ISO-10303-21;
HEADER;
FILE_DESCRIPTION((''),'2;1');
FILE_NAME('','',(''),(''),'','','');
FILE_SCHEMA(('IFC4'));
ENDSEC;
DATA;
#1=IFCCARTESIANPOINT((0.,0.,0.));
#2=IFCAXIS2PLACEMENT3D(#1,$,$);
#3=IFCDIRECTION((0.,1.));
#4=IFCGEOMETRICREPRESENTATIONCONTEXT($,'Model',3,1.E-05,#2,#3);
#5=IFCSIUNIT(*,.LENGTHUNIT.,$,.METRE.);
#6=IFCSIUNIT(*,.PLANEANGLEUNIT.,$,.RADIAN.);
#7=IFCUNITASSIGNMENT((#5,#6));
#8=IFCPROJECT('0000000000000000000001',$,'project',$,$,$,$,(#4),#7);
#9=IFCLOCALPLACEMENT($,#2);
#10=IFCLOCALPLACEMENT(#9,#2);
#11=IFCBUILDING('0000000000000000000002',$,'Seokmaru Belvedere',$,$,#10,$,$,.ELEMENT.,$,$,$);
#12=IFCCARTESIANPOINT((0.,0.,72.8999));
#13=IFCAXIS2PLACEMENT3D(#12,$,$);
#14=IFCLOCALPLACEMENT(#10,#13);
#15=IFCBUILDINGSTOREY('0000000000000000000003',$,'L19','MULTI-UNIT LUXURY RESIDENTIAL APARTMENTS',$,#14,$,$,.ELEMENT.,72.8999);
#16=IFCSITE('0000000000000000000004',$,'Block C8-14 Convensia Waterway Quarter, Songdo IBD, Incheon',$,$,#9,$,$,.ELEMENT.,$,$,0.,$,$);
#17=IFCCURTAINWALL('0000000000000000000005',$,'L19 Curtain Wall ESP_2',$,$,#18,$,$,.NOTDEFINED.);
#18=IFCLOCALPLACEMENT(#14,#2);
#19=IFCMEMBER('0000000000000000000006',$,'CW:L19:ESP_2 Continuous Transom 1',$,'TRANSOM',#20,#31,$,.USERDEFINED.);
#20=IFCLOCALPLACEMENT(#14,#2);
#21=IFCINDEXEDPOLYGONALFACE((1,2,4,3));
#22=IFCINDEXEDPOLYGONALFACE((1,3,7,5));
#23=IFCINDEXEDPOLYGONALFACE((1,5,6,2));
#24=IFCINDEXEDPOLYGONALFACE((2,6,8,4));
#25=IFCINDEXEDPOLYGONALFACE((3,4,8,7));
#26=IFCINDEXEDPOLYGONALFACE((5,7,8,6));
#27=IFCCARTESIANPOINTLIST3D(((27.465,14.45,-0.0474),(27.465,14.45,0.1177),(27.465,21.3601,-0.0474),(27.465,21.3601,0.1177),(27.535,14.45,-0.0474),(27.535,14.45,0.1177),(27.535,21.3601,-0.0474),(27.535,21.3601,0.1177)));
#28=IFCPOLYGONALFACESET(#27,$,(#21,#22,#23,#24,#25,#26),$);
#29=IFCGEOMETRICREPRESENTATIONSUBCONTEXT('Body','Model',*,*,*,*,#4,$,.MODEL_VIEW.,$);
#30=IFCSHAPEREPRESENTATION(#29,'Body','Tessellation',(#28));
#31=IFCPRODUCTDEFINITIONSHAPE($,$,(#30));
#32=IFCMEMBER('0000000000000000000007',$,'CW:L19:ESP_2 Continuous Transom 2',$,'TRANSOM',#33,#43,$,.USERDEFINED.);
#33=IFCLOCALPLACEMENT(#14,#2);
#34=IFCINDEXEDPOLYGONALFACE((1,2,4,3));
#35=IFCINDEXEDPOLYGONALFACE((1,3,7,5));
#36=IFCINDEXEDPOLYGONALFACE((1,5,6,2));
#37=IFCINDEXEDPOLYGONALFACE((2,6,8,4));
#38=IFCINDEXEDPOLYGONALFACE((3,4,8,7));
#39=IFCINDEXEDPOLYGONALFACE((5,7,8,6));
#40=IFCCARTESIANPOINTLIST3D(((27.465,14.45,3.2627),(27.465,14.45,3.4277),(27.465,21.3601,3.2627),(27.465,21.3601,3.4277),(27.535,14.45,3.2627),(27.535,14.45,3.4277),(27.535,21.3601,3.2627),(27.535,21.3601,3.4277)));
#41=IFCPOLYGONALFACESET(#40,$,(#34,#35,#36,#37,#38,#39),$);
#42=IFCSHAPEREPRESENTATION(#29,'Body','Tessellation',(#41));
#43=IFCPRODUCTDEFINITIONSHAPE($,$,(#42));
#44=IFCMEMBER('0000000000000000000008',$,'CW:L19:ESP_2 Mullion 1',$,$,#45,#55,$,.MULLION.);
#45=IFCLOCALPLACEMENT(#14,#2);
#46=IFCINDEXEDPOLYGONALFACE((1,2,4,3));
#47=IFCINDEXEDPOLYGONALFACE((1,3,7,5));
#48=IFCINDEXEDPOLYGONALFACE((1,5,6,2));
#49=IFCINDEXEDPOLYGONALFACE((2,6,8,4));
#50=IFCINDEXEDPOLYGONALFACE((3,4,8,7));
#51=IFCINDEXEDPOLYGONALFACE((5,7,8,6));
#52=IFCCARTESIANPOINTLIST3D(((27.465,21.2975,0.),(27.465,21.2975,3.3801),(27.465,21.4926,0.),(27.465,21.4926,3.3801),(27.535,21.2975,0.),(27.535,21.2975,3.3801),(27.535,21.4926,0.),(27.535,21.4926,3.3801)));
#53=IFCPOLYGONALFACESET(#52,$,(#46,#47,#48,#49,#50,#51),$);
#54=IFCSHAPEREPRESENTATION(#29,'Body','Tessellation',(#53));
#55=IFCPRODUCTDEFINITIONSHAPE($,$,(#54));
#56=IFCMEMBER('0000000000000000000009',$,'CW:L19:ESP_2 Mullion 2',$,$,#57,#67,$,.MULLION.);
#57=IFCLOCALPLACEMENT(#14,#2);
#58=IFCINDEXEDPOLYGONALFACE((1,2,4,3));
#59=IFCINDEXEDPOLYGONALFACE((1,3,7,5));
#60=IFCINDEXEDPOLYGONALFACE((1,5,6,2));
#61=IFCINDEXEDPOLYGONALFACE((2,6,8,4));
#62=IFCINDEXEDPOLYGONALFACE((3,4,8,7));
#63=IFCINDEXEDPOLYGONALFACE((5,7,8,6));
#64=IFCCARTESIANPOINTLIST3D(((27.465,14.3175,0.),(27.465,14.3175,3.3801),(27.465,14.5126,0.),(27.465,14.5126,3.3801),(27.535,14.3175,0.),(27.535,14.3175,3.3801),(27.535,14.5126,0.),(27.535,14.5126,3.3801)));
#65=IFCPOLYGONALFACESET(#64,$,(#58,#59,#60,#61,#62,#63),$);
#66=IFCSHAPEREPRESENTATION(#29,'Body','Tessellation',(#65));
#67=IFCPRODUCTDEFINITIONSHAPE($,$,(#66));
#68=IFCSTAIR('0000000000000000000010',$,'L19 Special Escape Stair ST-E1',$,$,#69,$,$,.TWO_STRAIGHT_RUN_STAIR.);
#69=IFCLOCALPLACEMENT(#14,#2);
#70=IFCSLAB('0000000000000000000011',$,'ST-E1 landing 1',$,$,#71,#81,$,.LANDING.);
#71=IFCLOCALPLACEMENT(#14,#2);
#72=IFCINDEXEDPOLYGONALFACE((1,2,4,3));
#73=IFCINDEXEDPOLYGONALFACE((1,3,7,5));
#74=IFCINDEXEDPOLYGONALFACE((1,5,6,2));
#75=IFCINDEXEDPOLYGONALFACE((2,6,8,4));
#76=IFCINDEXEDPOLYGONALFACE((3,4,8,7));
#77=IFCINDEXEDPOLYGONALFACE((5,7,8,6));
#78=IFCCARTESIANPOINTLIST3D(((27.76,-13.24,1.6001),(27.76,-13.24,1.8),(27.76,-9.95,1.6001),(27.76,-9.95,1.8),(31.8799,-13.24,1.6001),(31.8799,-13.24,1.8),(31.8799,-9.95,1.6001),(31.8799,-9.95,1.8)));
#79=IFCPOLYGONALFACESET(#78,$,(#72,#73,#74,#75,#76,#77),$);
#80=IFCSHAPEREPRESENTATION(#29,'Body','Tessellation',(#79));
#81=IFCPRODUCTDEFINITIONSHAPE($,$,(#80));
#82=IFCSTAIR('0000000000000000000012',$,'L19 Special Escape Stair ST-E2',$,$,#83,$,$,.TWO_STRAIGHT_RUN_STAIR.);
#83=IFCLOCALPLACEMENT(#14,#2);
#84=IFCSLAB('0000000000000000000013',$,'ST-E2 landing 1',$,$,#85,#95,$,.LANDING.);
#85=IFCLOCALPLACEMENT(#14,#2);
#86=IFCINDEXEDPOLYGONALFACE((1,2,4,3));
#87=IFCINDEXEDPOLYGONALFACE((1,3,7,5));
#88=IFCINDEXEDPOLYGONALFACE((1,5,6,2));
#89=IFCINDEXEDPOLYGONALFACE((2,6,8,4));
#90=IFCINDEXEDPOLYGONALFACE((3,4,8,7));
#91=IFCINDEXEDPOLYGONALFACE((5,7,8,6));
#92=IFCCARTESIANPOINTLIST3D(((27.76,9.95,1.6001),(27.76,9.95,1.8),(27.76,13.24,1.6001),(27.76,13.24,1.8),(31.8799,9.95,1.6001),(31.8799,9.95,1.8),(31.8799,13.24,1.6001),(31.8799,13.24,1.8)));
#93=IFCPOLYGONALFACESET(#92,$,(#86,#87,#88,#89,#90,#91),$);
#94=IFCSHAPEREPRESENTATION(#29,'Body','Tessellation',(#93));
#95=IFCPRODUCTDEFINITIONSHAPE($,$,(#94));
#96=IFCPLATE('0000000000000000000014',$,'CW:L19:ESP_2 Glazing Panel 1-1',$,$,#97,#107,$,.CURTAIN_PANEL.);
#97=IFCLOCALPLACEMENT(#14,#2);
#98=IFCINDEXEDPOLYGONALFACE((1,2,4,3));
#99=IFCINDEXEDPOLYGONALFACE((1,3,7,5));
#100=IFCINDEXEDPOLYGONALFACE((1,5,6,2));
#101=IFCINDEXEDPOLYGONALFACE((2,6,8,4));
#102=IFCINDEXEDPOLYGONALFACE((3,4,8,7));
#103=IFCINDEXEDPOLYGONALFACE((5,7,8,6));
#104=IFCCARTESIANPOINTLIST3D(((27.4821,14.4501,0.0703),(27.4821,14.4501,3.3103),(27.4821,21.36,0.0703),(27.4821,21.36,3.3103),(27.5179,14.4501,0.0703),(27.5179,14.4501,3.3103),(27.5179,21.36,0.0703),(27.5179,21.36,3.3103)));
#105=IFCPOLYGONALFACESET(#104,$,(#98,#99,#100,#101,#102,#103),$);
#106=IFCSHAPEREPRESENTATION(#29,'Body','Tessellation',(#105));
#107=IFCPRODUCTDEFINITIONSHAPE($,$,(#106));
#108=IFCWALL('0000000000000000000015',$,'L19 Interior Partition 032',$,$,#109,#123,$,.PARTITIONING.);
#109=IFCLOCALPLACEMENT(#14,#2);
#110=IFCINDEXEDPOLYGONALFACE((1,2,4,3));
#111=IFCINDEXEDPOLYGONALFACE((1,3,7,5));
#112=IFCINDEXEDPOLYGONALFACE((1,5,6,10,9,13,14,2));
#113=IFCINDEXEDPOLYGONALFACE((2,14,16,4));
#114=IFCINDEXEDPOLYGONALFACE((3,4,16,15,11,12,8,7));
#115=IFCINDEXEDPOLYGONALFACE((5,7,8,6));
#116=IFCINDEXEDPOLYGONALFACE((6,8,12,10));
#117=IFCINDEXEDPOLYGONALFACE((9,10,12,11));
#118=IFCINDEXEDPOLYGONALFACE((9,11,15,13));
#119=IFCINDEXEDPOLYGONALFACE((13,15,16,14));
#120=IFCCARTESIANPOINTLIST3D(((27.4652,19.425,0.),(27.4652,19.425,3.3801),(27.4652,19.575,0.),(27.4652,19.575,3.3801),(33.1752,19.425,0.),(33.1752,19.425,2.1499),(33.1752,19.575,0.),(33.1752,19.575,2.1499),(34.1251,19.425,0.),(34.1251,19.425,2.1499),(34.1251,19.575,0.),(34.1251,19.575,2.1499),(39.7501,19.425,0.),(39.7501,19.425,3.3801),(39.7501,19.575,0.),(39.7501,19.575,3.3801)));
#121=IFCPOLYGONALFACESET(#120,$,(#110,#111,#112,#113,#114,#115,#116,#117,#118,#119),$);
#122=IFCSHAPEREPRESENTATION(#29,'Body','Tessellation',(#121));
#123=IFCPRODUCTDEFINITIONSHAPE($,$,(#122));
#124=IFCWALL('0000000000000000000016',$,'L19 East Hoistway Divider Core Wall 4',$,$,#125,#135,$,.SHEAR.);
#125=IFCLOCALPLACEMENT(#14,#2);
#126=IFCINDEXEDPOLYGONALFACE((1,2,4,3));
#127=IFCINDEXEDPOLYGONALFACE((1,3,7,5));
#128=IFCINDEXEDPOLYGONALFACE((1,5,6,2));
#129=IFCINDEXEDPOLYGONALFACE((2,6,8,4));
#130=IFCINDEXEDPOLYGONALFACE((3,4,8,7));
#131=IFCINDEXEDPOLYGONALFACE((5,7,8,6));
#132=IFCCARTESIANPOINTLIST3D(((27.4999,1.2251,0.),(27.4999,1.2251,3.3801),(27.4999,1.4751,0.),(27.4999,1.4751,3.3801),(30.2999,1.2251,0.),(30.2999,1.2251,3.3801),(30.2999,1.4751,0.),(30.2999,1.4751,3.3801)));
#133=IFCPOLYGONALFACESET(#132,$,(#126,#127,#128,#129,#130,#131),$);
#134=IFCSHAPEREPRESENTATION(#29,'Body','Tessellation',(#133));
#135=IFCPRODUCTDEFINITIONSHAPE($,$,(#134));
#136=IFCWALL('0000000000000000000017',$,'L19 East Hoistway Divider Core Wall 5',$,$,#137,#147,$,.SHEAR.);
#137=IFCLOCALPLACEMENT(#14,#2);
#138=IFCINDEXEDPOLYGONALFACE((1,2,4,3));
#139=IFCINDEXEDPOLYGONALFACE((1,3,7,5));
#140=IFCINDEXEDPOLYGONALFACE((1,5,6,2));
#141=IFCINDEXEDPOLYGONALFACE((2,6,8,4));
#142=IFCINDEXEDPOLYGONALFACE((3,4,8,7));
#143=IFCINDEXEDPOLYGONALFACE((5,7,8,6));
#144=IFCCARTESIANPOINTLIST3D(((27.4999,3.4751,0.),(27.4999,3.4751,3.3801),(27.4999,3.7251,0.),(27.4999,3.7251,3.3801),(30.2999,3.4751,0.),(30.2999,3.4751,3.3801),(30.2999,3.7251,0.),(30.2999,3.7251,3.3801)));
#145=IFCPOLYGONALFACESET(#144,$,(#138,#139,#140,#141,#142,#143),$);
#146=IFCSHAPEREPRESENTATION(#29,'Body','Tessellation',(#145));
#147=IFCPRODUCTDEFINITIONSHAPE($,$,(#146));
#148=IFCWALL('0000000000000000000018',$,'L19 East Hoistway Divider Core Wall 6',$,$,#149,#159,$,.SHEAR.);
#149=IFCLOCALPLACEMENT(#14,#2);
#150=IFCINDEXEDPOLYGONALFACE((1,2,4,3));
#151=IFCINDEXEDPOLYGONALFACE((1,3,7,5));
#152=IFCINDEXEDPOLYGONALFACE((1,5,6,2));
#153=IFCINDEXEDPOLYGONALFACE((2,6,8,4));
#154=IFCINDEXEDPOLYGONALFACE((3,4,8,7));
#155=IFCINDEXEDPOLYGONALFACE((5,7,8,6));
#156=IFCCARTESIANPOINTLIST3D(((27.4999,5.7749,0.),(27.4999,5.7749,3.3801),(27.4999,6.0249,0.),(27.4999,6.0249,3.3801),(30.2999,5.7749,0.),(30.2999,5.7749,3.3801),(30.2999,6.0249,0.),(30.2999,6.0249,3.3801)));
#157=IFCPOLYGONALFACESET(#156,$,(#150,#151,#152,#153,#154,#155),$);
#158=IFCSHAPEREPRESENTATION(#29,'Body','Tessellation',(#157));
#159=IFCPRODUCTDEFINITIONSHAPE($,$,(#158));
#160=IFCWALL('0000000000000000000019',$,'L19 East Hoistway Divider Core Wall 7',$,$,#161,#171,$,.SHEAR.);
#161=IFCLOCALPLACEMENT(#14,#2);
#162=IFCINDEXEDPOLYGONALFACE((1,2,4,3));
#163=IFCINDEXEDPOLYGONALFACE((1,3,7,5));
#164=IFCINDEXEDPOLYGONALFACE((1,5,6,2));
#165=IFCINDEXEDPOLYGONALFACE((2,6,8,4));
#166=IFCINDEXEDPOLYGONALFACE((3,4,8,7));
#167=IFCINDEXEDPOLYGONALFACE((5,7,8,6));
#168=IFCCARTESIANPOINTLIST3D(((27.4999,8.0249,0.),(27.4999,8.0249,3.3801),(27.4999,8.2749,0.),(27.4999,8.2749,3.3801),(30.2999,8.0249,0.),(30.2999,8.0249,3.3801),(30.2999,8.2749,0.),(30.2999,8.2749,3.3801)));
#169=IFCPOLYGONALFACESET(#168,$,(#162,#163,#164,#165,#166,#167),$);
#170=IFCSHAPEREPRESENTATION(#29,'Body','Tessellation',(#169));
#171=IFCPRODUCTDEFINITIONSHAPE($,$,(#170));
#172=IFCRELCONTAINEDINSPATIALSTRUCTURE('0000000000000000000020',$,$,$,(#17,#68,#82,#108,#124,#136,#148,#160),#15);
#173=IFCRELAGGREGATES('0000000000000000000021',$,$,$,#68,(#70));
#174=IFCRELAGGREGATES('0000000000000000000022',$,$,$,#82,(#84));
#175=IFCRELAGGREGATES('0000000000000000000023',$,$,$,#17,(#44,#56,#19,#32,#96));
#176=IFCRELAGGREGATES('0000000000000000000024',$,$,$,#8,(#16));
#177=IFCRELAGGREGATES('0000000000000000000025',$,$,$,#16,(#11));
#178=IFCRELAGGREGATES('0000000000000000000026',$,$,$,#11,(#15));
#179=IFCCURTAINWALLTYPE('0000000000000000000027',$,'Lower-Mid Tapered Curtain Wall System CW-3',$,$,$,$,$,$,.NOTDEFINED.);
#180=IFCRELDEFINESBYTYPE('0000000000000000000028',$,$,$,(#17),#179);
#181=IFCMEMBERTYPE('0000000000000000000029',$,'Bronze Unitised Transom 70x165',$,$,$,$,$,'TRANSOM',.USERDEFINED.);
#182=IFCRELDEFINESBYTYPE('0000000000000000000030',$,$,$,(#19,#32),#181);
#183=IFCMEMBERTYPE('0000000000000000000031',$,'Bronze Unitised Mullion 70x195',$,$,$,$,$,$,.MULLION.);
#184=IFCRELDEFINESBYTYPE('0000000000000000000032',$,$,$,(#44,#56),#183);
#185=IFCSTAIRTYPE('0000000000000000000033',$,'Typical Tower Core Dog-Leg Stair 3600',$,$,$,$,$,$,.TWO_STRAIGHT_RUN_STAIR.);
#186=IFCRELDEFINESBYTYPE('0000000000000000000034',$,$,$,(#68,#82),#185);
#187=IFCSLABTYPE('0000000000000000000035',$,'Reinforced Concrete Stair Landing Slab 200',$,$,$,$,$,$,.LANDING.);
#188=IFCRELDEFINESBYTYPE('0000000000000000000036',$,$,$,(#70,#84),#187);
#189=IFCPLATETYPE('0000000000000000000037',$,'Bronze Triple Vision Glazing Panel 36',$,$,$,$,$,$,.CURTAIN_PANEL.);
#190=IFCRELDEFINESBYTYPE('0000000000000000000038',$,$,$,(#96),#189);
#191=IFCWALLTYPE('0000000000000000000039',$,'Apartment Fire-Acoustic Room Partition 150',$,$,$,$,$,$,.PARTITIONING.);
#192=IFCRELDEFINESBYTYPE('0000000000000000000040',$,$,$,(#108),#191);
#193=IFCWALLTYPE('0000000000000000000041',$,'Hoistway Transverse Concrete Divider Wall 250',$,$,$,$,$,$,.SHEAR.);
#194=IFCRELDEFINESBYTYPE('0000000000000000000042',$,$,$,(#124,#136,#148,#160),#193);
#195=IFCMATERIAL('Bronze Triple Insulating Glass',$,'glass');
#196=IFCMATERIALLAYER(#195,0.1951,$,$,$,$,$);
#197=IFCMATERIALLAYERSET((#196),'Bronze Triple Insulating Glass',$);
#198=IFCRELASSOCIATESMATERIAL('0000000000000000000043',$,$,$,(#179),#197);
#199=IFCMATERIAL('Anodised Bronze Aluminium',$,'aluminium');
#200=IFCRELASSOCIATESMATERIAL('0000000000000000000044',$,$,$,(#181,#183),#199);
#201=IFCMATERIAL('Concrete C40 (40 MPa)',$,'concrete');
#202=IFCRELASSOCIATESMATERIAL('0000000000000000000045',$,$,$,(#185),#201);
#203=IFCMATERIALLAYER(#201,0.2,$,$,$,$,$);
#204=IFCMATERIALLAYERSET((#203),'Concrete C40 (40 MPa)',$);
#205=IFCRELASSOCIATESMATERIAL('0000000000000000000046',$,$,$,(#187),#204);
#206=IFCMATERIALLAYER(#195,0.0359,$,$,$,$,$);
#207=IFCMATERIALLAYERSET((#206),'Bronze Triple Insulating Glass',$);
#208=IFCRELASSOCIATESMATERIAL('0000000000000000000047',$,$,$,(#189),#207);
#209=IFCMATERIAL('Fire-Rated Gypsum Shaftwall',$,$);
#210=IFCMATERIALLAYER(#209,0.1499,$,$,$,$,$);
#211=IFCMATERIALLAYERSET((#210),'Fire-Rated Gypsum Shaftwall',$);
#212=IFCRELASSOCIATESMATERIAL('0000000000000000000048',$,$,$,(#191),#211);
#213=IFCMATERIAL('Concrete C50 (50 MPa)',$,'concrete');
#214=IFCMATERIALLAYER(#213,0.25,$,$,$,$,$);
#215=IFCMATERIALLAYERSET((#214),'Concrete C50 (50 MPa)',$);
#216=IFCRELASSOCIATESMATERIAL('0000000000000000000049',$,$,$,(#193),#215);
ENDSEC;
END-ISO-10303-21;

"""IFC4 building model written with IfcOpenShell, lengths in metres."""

from ifc_helpers import new_model, si_unit, direction, frame, frame_2d, origin, origin_2d, place, context, subcontext, project, spatial, polyline, rectangle, outline, extrude, source, transform, mapped, material, layer, layer_set, material_profile, profile_set, type_object, type_shapes, element, aggregate, save


model = new_model("IFC4")

# Units and contexts
model_context = context("Model", 3, precision=1e-05, world=origin(), true_north=direction((0.0, 1.0)))
body_context = subcontext(model_context, "Body", "Model", "MODEL_VIEW")
ifc_project = project(units=[si_unit("LENGTHUNIT", "METRE"), si_unit("PLANEANGLEUNIT", "RADIAN")], contexts=[model_context])

# Site, building, storey
site_placement = place(None, origin())
site = spatial("IfcSite", under=ifc_project, at=site_placement, Name="Block C8-14 Convensia Waterway Quarter, Songdo IBD, Incheon", CompositionType="ELEMENT", RefElevation=0.0)
building_placement = place(site_placement, origin())
building = spatial("IfcBuilding", under=site, at=building_placement, Name="Seokmaru Belvedere", CompositionType="ELEMENT")
storey_placement = place(building_placement, frame((0.0, 0.0, 72.8999)))
storey = spatial("IfcBuildingStorey", under=building, at=storey_placement, Name="L19", Description="MULTI-UNIT LUXURY RESIDENTIAL APARTMENTS", CompositionType="ELEMENT", Elevation=72.8999)

# Curtain wall, members
ifc_material_1 = material(Name="Bronze Triple Insulating Glass", Category="glass")
ifc_layer_1 = layer(ifc_material_1, 0.1951)
ifc_layer_set_1 = layer_set([ifc_layer_1], Name="Bronze Triple Insulating Glass")
curtain_wall_type = type_object("IfcCurtainWallType", Name="Lower-Mid Tapered Curtain Wall System CW-3", PredefinedType="NOTDEFINED", material=ifc_layer_set_1)
curtain_wall_placement = place(storey_placement, origin())
curtain_wall = element("IfcCurtainWall", 1, at=curtain_wall_placement, inside=storey, type_object=curtain_wall_type, Name="L19 Curtain Wall ESP_2", PredefinedType="NOTDEFINED")
ifc_material_2 = material(Name="Anodised Bronze Aluminium", Category="aluminium")
ifc_material_profile_1 = material_profile(ifc_material_2, rectangle(XDim=0.0701, YDim=0.165, at=origin_2d()), Name="CW-T-70x165")
ifc_profile_set_1 = profile_set([ifc_material_profile_1], Name="Anodised Bronze Aluminium")
member_type_1 = type_object("IfcMemberType", Name="Bronze Unitised Transom 70x165", ElementType="TRANSOM", PredefinedType="USERDEFINED", material=ifc_profile_set_1)
shared_shape_1 = source(origin(), body_context, "Body", "SweptSolid", [
    extrude(rectangle(XDim=0.0701, YDim=0.165, at=origin_2d()), origin(), (0.0, 0.0, 1.0), 6.9102),
])
type_shapes(member_type_1, [shared_shape_1])
member_1_placement = place(storey_placement, frame((27.5, 21.3601, 0.0352), z_axis=(0.0, -1.0, 0.0), x_axis=(1.0, 0.0, 0.0)))
member_1 = element("IfcMember", 2, at=member_1_placement, type_object=member_type_1, Name="CW:L19:ESP_2 Continuous Transom 1", ObjectType="TRANSOM", PredefinedType="USERDEFINED", context=body_context, shape_type="MappedRepresentation", body=[
    mapped(shared_shape_1, transform((0.0, 0.0, 0.0), scale=1.0)),
])
member_2_placement = place(storey_placement, frame((27.5, 21.3601, 3.3452), z_axis=(0.0, -1.0, 0.0), x_axis=(1.0, 0.0, 0.0)))
member_2 = element("IfcMember", 3, at=member_2_placement, type_object=member_type_1, Name="CW:L19:ESP_2 Continuous Transom 2", ObjectType="TRANSOM", PredefinedType="USERDEFINED", context=body_context, shape_type="MappedRepresentation", body=[
    mapped(shared_shape_1, transform((0.0, 0.0, 0.0), scale=1.0)),
])
ifc_material_profile_2 = material_profile(ifc_material_2, rectangle(XDim=0.0701, YDim=0.1951, at=origin_2d()), Name="CW-M-70x195")
ifc_profile_set_2 = profile_set([ifc_material_profile_2], Name="Anodised Bronze Aluminium")
member_type_2 = type_object("IfcMemberType", Name="Bronze Unitised Mullion 70x195", PredefinedType="MULLION", material=ifc_profile_set_2)
shared_shape_2 = source(origin(), body_context, "Body", "SweptSolid", [
    extrude(rectangle(XDim=0.0701, YDim=0.1951, at=origin_2d()), origin(), (0.0, 0.0, 1.0), 3.3801),
])
type_shapes(member_type_2, [shared_shape_2])
member_3_placement = place(storey_placement, frame((27.5, 21.395, 0.0), z_axis=(0.0, 0.0, 1.0), x_axis=(1.0, 0.0, 0.0)))
member_3 = element("IfcMember", 4, at=member_3_placement, type_object=member_type_2, Name="CW:L19:ESP_2 Mullion 1", PredefinedType="MULLION", context=body_context, shape_type="MappedRepresentation", body=[
    mapped(shared_shape_2, transform((0.0, 0.0, 0.0), scale=1.0)),
])
member_4_placement = place(storey_placement, frame((27.5, 14.415, 0.0), z_axis=(0.0, 0.0, 1.0), x_axis=(1.0, 0.0, 0.0)))
member_4 = element("IfcMember", 5, at=member_4_placement, type_object=member_type_2, Name="CW:L19:ESP_2 Mullion 2", PredefinedType="MULLION", context=body_context, shape_type="MappedRepresentation", body=[
    mapped(shared_shape_2, transform((0.0, 0.0, 0.0), scale=1.0)),
])

# Stairs, slabs
ifc_material_3 = material(Name="Concrete C40 (40 MPa)", Category="concrete")
stair_type = type_object("IfcStairType", Name="Typical Tower Core Dog-Leg Stair 3600", PredefinedType="TWO_STRAIGHT_RUN_STAIR", material=ifc_material_3)
stair_1_placement = place(storey_placement, origin())
stair_1 = element("IfcStair", 6, at=stair_1_placement, inside=storey, type_object=stair_type, Name="L19 Special Escape Stair ST-E1", PredefinedType="TWO_STRAIGHT_RUN_STAIR")
ifc_layer_2 = layer(ifc_material_3, 0.2)
ifc_layer_set_2 = layer_set([ifc_layer_2], Name="Concrete C40 (40 MPa)")
slab_type = type_object("IfcSlabType", Name="Reinforced Concrete Stair Landing Slab 200", PredefinedType="LANDING", material=ifc_layer_set_2)
slab_1_placement = place(storey_placement, frame((0.0, 0.0, 1.6001)))
slab_1 = element("IfcSlab", 7, at=slab_1_placement, type_object=slab_type, Name="ST-E1 landing 1", PredefinedType="LANDING", context=body_context, shape_type="SweptSolid", body=[
    extrude(outline(polyline([(27.76, -13.24), (31.8799, -13.24), (31.8799, -9.95), (27.76, -9.95), (27.76, -13.24)])), origin(), (0.0, 0.0, 1.0), 0.2),
])
aggregate(stair_1, [slab_1])
stair_2_placement = place(storey_placement, origin())
stair_2 = element("IfcStair", 8, at=stair_2_placement, inside=storey, type_object=stair_type, Name="L19 Special Escape Stair ST-E2", PredefinedType="TWO_STRAIGHT_RUN_STAIR")
slab_2_placement = place(storey_placement, frame((0.0, 0.0, 1.6001)))
slab_2 = element("IfcSlab", 9, at=slab_2_placement, type_object=slab_type, Name="ST-E2 landing 1", PredefinedType="LANDING", context=body_context, shape_type="SweptSolid", body=[
    extrude(outline(polyline([(27.76, 9.95), (31.8799, 9.95), (31.8799, 13.24), (27.76, 13.24), (27.76, 9.95)])), origin(), (0.0, 0.0, 1.0), 0.2),
])
aggregate(stair_2, [slab_2])

# Plate
ifc_layer_3 = layer(ifc_material_1, 0.0359)
ifc_layer_set_3 = layer_set([ifc_layer_3], Name="Bronze Triple Insulating Glass")
plate_type = type_object("IfcPlateType", Name="Bronze Triple Vision Glazing Panel 36", PredefinedType="CURTAIN_PANEL", material=ifc_layer_set_3)
shared_shape_3 = source(origin(), body_context, "Body", "SweptSolid", [
    extrude(rectangle(XDim=6.9099, YDim=0.0359, at=origin_2d()), origin(), (0.0, 0.0, 1.0), 3.24),
])
type_shapes(plate_type, [shared_shape_3])
plate_placement = place(storey_placement, frame((27.5, 17.905, 0.0703), z_axis=(0.0, 0.0, 1.0), x_axis=(0.0, -1.0, 0.0)))
plate = element("IfcPlate", 10, at=plate_placement, type_object=plate_type, Name="CW:L19:ESP_2 Glazing Panel 1-1", PredefinedType="CURTAIN_PANEL", context=body_context, shape_type="MappedRepresentation", body=[
    mapped(shared_shape_3, transform((0.0, 0.0, 0.0), scale=1.0)),
])
aggregate(curtain_wall, [member_3, member_4, member_1, member_2, plate])

# Wall, opening
ifc_material_4 = material(Name="Fire-Rated Gypsum Shaftwall")
ifc_layer_4 = layer(ifc_material_4, 0.1499)
ifc_layer_set_4 = layer_set([ifc_layer_4], Name="Fire-Rated Gypsum Shaftwall")
wall_type_1 = type_object("IfcWallType", Name="Apartment Fire-Acoustic Room Partition 150", PredefinedType="PARTITIONING", material=ifc_layer_set_4)
wall_1_placement = place(storey_placement, frame((27.4651, 19.5, 0.0), z_axis=(0.0, 0.0, 1.0), x_axis=(1.0, 0.0, 0.0)))
wall_1 = element("IfcWall", 11, at=wall_1_placement, inside=storey, type_object=wall_type_1, Name="L19 Interior Partition 032", PredefinedType="PARTITIONING", context=body_context, shape_type="SweptSolid", body=[
    extrude(rectangle(XDim=12.2849, YDim=0.1499, at=frame_2d((6.1426, 0.0))), origin(), (0.0, 0.0, 1.0), 3.3801),
])
opening_1_placement = place(wall_1_placement, frame((5.71, 0.0, 0.0)))
element("IfcOpeningElement", 12, at=opening_1_placement, cuts=wall_1, PredefinedType="OPENING", context=body_context, shape_type="SweptSolid", body=[
    extrude(rectangle(XDim=0.95, YDim=2.1499, at=frame_2d((0.4751, 1.075))), frame((0.0, 0.085, 0.0), z_axis=(0.0, -1.0, 0.0), x_axis=(1.0, 0.0, 0.0)), (0.0, 0.0, 1.0), 0.1699),
])

# Walls
ifc_material_5 = material(Name="Concrete C50 (50 MPa)", Category="concrete")
ifc_layer_5 = layer(ifc_material_5, 0.25)
ifc_layer_set_5 = layer_set([ifc_layer_5], Name="Concrete C50 (50 MPa)")
wall_type_2 = type_object("IfcWallType", Name="Hoistway Transverse Concrete Divider Wall 250", PredefinedType="SHEAR", material=ifc_layer_set_5)
for number, where, z_axis, x_axis, name in (
    (13, (27.5, 1.3501, 0.0), (0.0, 0.0, 1.0), (1.0, 0.0, 0.0), "L19 East Hoistway Divider Core Wall 4"),
    (14, (27.5, 3.6001, 0.0), (0.0, 0.0, 1.0), (1.0, 0.0, 0.0), "L19 East Hoistway Divider Core Wall 5"),
    (15, (27.5, 5.8999, 0.0), (0.0, 0.0, 1.0), (1.0, 0.0, 0.0), "L19 East Hoistway Divider Core Wall 6"),
    (16, (27.5, 8.1499, 0.0), (0.0, 0.0, 1.0), (1.0, 0.0, 0.0), "L19 East Hoistway Divider Core Wall 7"),
):
    element("IfcWall", number, at=place(storey_placement, frame(where, z_axis=z_axis, x_axis=x_axis)), inside=storey, type_object=wall_type_2, Name=name, PredefinedType="SHEAR", context=body_context, shape_type="SweptSolid", body=[
        extrude(rectangle(XDim=2.8, YDim=0.25, at=frame_2d((1.3999, 0.0))), origin(), (0.0, 0.0, 1.0), 3.3801),
    ])

save(model, "model.ifc")
